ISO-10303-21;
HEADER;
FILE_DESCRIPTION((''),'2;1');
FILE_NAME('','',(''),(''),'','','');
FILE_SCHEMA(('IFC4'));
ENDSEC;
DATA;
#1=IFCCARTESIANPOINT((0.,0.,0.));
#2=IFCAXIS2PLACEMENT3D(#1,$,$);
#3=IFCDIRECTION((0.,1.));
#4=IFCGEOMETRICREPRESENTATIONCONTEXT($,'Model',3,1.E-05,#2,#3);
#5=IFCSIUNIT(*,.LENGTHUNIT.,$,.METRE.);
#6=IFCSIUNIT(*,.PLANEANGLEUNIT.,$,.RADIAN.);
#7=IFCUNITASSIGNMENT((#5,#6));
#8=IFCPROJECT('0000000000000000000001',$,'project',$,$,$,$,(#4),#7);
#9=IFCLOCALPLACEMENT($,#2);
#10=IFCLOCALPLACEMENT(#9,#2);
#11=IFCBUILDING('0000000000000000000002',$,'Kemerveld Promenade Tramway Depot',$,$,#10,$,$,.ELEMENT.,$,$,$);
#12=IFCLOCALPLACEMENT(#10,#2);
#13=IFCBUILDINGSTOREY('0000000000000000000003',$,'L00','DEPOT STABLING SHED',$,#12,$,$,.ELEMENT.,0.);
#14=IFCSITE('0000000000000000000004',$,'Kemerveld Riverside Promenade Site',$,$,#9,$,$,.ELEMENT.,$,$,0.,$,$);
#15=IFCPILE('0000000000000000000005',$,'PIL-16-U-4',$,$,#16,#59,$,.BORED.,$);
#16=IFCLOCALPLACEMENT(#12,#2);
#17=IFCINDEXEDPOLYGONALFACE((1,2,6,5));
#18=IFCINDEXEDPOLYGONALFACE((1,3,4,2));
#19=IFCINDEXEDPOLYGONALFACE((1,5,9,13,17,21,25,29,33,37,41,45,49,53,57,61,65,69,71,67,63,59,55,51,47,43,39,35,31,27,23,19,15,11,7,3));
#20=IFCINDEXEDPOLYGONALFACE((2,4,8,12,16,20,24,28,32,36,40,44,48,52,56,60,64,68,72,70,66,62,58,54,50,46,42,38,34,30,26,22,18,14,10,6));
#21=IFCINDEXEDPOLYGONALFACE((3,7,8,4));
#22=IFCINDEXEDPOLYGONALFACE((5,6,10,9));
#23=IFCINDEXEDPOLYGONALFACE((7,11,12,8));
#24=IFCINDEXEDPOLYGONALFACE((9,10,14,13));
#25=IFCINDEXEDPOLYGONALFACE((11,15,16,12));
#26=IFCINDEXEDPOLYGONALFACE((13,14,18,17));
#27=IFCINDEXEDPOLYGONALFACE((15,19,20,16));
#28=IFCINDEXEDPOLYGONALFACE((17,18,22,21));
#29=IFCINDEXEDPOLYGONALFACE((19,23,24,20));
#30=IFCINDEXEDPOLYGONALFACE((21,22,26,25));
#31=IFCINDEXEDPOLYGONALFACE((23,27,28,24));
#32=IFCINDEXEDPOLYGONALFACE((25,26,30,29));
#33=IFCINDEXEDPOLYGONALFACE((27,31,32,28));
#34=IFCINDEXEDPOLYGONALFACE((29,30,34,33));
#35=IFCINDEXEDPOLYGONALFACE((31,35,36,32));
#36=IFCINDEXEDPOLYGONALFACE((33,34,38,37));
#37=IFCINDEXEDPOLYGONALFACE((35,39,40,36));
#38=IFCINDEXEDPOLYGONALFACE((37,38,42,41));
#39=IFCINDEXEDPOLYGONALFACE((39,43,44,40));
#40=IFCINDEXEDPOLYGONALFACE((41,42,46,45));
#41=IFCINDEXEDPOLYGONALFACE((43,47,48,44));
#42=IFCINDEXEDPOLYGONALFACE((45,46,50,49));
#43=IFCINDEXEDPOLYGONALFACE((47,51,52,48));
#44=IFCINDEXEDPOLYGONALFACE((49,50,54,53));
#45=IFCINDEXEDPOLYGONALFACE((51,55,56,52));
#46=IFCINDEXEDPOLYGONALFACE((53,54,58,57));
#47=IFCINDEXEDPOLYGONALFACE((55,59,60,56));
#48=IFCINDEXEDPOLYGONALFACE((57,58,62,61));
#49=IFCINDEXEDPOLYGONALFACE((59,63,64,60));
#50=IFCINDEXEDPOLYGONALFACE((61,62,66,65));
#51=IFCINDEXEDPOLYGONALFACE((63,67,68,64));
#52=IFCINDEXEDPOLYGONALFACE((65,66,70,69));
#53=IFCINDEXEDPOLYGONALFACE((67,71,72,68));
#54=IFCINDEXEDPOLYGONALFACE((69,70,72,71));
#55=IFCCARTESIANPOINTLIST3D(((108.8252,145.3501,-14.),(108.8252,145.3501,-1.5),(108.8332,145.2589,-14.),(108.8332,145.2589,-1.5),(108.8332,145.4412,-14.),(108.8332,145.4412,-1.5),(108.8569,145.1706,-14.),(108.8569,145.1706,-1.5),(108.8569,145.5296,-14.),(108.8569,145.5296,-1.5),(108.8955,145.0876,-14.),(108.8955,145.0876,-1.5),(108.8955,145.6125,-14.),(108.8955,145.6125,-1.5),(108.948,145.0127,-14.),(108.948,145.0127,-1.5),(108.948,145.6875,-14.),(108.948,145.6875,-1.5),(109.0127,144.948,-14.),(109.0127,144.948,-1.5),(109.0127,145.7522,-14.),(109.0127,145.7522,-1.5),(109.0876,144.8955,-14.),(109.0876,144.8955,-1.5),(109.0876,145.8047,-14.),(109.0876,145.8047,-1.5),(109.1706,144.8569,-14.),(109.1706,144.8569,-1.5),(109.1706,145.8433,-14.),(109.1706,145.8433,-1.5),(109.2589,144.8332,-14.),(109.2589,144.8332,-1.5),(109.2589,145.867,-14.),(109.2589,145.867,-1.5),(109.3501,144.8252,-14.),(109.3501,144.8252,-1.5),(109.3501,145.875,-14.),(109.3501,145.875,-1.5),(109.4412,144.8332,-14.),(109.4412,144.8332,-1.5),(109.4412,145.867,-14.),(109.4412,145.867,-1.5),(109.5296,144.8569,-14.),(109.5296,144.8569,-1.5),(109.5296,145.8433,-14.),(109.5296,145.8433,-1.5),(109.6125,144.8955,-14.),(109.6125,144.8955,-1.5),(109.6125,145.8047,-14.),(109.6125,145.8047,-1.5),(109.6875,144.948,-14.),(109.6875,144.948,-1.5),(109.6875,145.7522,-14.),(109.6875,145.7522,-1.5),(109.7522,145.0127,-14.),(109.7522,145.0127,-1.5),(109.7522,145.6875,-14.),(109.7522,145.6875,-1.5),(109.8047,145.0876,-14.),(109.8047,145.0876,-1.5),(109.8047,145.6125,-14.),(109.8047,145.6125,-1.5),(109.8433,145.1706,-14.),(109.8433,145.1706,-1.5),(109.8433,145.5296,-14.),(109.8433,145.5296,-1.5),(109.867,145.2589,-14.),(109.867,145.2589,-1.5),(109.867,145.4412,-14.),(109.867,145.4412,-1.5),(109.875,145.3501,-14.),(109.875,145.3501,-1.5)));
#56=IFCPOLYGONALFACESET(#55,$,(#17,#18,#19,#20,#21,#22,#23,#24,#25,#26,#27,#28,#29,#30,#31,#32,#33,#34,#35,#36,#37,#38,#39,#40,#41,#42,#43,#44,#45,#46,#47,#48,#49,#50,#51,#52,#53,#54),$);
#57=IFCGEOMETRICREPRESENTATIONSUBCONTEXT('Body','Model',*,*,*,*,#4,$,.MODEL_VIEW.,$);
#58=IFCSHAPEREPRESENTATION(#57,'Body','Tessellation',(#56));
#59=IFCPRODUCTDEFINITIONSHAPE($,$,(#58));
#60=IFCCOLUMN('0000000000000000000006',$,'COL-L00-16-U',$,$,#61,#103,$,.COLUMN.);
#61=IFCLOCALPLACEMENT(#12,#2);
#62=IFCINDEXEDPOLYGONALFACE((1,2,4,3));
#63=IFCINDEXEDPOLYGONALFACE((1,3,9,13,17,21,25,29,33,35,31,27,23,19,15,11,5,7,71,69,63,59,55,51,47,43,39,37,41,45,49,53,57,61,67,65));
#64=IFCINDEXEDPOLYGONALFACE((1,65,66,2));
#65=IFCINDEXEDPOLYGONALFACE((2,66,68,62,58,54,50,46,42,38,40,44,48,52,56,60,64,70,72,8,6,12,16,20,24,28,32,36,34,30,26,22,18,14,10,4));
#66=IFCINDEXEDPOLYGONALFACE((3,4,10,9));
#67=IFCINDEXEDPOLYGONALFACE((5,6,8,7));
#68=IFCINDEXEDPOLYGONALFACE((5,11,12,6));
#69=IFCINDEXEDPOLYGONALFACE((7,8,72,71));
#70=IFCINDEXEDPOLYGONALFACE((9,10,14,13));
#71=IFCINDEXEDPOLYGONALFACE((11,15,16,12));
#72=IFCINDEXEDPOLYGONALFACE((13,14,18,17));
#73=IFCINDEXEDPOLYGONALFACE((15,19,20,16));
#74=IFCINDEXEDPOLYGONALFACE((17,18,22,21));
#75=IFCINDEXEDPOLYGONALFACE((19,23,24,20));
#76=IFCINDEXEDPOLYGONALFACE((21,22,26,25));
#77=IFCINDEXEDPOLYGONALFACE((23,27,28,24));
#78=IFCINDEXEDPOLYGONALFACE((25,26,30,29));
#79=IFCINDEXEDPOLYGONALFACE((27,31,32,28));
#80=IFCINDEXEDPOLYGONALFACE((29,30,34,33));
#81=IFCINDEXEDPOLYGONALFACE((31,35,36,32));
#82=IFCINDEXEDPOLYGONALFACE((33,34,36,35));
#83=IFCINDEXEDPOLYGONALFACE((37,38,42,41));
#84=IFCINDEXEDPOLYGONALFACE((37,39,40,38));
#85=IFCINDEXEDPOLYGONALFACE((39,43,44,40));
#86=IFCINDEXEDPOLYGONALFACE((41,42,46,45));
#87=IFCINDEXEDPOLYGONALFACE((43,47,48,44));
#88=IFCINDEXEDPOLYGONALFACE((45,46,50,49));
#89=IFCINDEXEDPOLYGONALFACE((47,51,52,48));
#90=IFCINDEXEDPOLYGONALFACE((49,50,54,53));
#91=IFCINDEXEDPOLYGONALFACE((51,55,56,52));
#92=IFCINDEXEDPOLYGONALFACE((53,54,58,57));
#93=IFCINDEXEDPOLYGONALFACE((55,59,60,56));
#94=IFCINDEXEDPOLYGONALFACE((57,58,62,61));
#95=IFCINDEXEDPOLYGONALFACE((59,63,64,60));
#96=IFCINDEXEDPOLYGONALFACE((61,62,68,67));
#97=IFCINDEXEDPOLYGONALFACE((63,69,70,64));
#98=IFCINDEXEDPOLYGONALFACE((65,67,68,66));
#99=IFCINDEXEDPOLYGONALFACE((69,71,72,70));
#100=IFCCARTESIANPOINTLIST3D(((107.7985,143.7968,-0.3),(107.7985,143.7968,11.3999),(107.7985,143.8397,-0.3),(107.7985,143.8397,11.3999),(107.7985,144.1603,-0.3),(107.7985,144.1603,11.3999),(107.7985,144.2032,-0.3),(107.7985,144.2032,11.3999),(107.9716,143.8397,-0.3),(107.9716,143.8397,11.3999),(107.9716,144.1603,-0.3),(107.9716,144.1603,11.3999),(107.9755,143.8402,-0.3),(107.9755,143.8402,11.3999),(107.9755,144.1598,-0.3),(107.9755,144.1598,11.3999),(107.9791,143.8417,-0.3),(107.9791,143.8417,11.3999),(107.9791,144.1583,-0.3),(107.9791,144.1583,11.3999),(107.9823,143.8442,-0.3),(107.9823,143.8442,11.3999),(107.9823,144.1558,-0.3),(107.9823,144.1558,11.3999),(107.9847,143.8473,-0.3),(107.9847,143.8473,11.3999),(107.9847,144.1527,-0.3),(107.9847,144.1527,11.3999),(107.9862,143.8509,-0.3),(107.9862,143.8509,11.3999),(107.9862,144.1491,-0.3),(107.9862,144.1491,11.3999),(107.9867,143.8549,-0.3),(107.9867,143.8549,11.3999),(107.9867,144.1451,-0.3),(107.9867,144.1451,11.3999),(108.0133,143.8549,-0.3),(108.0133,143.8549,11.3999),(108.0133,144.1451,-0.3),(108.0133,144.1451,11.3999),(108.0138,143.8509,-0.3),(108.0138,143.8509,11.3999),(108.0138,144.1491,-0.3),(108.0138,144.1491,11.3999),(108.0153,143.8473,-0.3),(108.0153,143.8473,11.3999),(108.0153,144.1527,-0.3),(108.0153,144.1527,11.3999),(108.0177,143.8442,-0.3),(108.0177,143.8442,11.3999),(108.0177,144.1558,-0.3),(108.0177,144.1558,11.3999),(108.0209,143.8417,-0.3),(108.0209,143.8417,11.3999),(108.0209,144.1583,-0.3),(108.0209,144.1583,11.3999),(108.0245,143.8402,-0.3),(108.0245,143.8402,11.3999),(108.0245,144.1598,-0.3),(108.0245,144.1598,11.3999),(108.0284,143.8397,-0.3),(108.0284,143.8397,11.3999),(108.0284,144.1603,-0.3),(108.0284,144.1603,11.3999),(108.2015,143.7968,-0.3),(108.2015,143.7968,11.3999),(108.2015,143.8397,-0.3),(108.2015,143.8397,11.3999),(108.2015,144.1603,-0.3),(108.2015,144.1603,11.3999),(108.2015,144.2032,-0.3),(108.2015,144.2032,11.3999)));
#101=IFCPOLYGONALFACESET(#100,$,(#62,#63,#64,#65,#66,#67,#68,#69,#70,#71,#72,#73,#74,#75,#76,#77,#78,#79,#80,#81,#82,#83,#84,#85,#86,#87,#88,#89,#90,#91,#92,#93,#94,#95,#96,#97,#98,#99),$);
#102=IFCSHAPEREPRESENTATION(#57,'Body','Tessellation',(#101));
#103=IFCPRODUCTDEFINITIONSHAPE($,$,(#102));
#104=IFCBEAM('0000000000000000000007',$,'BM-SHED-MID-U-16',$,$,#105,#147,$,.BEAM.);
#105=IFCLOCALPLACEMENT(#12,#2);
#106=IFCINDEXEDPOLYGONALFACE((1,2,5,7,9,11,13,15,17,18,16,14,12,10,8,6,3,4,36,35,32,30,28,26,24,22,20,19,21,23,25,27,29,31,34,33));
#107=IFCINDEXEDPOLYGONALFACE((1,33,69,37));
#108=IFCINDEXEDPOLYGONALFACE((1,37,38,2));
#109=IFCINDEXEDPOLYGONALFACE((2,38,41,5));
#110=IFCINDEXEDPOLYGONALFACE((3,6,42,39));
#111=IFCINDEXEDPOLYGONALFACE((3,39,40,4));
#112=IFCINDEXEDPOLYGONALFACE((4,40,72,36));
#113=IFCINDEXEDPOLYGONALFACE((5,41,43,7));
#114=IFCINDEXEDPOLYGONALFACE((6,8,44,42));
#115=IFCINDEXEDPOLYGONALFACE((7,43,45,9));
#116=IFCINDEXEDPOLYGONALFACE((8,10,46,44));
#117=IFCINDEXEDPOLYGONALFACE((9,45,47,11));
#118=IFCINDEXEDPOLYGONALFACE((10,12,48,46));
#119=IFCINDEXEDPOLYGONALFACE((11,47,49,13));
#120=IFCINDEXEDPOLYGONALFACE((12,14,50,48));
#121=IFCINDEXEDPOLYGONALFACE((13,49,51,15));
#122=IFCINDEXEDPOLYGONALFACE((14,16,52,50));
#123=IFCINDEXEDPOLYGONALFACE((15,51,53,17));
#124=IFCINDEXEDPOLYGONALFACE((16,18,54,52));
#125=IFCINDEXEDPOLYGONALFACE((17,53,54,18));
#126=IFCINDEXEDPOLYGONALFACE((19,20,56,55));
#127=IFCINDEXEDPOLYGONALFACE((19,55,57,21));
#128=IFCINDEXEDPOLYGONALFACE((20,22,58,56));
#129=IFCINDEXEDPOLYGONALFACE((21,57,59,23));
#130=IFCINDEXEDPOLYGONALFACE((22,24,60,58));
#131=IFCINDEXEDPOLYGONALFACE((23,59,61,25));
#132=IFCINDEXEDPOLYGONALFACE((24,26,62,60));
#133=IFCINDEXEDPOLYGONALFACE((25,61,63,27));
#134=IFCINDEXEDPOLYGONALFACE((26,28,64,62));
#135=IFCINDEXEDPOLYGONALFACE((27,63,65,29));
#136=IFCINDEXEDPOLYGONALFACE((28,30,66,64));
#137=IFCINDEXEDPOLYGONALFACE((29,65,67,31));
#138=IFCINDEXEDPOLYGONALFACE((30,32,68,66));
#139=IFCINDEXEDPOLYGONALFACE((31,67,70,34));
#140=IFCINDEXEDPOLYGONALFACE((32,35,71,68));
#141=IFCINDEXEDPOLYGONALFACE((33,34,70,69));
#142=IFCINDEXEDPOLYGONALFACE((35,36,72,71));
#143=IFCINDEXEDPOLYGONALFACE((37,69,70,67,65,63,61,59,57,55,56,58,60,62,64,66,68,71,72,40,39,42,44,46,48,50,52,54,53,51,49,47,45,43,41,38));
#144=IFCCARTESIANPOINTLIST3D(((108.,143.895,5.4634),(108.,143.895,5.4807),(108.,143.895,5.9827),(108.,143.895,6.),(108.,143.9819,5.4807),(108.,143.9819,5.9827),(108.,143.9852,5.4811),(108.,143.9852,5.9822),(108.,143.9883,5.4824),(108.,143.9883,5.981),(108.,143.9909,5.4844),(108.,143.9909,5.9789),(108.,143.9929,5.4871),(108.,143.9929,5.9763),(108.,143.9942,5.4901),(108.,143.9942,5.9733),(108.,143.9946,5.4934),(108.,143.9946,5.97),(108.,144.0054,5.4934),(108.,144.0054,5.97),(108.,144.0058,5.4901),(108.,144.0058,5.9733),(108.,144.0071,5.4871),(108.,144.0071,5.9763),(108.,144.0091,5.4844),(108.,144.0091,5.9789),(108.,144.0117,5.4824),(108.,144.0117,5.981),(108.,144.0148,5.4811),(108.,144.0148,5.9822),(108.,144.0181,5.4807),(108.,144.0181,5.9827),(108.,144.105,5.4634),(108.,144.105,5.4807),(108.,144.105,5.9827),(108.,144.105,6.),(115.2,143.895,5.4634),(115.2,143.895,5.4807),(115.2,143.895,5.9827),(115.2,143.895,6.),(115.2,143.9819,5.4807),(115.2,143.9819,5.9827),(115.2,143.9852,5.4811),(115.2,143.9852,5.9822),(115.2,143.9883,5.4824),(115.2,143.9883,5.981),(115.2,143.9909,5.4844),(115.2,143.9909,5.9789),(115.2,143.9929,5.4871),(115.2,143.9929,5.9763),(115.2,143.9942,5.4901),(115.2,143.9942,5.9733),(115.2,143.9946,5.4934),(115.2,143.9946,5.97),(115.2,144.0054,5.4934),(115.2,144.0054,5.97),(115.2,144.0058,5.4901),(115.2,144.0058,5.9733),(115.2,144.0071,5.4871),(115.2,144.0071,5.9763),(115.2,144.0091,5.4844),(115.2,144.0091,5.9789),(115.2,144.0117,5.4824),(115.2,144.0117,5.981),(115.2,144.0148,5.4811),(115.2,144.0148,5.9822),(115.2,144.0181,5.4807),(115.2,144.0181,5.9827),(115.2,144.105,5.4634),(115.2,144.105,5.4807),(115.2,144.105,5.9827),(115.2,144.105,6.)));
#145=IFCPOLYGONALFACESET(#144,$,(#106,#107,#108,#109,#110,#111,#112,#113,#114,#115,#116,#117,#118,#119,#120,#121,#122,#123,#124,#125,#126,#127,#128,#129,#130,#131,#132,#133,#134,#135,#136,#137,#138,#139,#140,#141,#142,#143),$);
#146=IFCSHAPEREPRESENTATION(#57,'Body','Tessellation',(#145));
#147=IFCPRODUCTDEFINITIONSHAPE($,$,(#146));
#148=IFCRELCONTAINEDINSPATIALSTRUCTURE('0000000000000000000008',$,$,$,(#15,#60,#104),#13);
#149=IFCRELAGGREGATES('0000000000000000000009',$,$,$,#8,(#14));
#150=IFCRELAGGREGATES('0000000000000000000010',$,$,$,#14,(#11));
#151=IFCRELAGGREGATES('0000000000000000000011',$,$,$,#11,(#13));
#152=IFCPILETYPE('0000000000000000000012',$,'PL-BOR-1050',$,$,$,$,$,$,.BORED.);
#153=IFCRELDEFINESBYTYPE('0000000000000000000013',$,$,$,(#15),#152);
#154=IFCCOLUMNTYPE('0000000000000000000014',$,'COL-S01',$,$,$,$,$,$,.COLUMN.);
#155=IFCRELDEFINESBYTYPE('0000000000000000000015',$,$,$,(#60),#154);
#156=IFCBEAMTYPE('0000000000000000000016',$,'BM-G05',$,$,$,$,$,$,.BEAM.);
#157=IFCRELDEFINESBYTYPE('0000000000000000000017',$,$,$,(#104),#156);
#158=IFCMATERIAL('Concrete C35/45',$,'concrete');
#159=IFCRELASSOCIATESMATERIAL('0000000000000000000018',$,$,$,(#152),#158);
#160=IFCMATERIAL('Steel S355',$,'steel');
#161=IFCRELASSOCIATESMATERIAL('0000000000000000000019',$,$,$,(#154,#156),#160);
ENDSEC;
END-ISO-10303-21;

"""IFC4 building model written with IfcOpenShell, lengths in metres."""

from ifc_helpers import new_model, si_unit, direction, frame, origin, origin_2d, place, context, subcontext, project, spatial, circle, i_section, extrude, material, material_profile, profile_set, type_object, element, save


model = new_model("IFC4")

# Units and contexts
model_context = context("Model", 3, precision=1e-05, world=origin(), true_north=direction((0.0, 1.0)))
body_context = subcontext(model_context, "Body", "Model", "MODEL_VIEW")
ifc_project = project(units=[si_unit("LENGTHUNIT", "METRE"), si_unit("PLANEANGLEUNIT", "RADIAN")], contexts=[model_context])

# Site, building, storey
site_placement = place(None, origin())
site = spatial("IfcSite", under=ifc_project, at=site_placement, Name="Kemerveld Riverside Promenade Site", CompositionType="ELEMENT", RefElevation=0.0)
building_placement = place(site_placement, origin())
building = spatial("IfcBuilding", under=site, at=building_placement, Name="Kemerveld Promenade Tramway Depot", CompositionType="ELEMENT")
storey_placement = place(building_placement, origin())
storey = spatial("IfcBuildingStorey", under=building, at=storey_placement, Name="L00", Description="DEPOT STABLING SHED", CompositionType="ELEMENT", Elevation=0.0)

# Shared definitions
ifc_material_1 = material(Name="Concrete C35/45", Category="concrete")

# Pile
ifc_material_profile_1 = material_profile(ifc_material_1, circle(Radius=0.5249, at=origin_2d()), Name="PILE-D1050")
ifc_profile_set_1 = profile_set([ifc_material_profile_1], Name="Concrete C35/45")
pile_type = type_object("IfcPileType", Name="PL-BOR-1050", PredefinedType="BORED", material=ifc_profile_set_1)
for number, where, z_axis, x_axis, name in (
    (1, (109.3501, 145.3501, -1.5), (0.0, 0.0, -1.0), (1.0, 0.0, 0.0), "PIL-16-U-4"),
):
    element("IfcPile", number, at=place(storey_placement, frame(where, z_axis=z_axis, x_axis=x_axis)), inside=storey, type_object=pile_type, Name=name, PredefinedType="BORED", context=body_context, shape_type="SweptSolid", body=[
        extrude(circle(Radius=0.5249, at=origin_2d()), origin(), (0.0, 0.0, 1.0), 12.5),
    ])

# Column
ifc_material_2 = material(Name="Steel S355", Category="steel")
ifc_material_profile_2 = material_profile(ifc_material_2, i_section(OverallWidth=0.4031, OverallDepth=0.4065, WebThickness=0.0266, FlangeThickness=0.043, FilletRadius=0.0151, at=origin_2d()), Name="356x406x340 UC")
ifc_profile_set_2 = profile_set([ifc_material_profile_2], Name="Steel S355")
column_type = type_object("IfcColumnType", Name="COL-S01", PredefinedType="COLUMN", material=ifc_profile_set_2)
column_placement = place(storey_placement, frame((108.0, 144.0, -0.3), z_axis=(0.0, 0.0, 1.0), x_axis=(1.0, 0.0, 0.0)))
element("IfcColumn", 2, at=column_placement, inside=storey, type_object=column_type, Name="COL-L00-16-U", PredefinedType="COLUMN", context=body_context, shape_type="SweptSolid", body=[
    extrude(i_section(OverallWidth=0.4031, OverallDepth=0.4065, WebThickness=0.0266, FlangeThickness=0.043, FilletRadius=0.0151, at=origin_2d()), origin(), (0.0, 0.0, 1.0), 11.7),
])

# Beam
ifc_material_profile_3 = material_profile(ifc_material_2, i_section(OverallWidth=0.21, OverallDepth=0.5366, WebThickness=0.0107, FlangeThickness=0.0173, FilletRadius=0.0127, at=origin_2d()), Name="533x210x101 UB")
ifc_profile_set_3 = profile_set([ifc_material_profile_3], Name="Steel S355")
beam_type = type_object("IfcBeamType", Name="BM-G05", PredefinedType="BEAM", material=ifc_profile_set_3)
beam_placement = place(storey_placement, frame((108.0, 144.0, 5.7317), z_axis=(1.0, 0.0, 0.0), x_axis=(0.0, 1.0, 0.0)))
element("IfcBeam", 3, at=beam_placement, inside=storey, type_object=beam_type, Name="BM-SHED-MID-U-16", PredefinedType="BEAM", context=body_context, shape_type="SweptSolid", body=[
    extrude(i_section(OverallWidth=0.21, OverallDepth=0.5366, WebThickness=0.0107, FlangeThickness=0.0173, FilletRadius=0.0127, at=origin_2d()), origin(), (0.0, 0.0, 1.0), 7.2),
])

save(model, "model.ifc")
